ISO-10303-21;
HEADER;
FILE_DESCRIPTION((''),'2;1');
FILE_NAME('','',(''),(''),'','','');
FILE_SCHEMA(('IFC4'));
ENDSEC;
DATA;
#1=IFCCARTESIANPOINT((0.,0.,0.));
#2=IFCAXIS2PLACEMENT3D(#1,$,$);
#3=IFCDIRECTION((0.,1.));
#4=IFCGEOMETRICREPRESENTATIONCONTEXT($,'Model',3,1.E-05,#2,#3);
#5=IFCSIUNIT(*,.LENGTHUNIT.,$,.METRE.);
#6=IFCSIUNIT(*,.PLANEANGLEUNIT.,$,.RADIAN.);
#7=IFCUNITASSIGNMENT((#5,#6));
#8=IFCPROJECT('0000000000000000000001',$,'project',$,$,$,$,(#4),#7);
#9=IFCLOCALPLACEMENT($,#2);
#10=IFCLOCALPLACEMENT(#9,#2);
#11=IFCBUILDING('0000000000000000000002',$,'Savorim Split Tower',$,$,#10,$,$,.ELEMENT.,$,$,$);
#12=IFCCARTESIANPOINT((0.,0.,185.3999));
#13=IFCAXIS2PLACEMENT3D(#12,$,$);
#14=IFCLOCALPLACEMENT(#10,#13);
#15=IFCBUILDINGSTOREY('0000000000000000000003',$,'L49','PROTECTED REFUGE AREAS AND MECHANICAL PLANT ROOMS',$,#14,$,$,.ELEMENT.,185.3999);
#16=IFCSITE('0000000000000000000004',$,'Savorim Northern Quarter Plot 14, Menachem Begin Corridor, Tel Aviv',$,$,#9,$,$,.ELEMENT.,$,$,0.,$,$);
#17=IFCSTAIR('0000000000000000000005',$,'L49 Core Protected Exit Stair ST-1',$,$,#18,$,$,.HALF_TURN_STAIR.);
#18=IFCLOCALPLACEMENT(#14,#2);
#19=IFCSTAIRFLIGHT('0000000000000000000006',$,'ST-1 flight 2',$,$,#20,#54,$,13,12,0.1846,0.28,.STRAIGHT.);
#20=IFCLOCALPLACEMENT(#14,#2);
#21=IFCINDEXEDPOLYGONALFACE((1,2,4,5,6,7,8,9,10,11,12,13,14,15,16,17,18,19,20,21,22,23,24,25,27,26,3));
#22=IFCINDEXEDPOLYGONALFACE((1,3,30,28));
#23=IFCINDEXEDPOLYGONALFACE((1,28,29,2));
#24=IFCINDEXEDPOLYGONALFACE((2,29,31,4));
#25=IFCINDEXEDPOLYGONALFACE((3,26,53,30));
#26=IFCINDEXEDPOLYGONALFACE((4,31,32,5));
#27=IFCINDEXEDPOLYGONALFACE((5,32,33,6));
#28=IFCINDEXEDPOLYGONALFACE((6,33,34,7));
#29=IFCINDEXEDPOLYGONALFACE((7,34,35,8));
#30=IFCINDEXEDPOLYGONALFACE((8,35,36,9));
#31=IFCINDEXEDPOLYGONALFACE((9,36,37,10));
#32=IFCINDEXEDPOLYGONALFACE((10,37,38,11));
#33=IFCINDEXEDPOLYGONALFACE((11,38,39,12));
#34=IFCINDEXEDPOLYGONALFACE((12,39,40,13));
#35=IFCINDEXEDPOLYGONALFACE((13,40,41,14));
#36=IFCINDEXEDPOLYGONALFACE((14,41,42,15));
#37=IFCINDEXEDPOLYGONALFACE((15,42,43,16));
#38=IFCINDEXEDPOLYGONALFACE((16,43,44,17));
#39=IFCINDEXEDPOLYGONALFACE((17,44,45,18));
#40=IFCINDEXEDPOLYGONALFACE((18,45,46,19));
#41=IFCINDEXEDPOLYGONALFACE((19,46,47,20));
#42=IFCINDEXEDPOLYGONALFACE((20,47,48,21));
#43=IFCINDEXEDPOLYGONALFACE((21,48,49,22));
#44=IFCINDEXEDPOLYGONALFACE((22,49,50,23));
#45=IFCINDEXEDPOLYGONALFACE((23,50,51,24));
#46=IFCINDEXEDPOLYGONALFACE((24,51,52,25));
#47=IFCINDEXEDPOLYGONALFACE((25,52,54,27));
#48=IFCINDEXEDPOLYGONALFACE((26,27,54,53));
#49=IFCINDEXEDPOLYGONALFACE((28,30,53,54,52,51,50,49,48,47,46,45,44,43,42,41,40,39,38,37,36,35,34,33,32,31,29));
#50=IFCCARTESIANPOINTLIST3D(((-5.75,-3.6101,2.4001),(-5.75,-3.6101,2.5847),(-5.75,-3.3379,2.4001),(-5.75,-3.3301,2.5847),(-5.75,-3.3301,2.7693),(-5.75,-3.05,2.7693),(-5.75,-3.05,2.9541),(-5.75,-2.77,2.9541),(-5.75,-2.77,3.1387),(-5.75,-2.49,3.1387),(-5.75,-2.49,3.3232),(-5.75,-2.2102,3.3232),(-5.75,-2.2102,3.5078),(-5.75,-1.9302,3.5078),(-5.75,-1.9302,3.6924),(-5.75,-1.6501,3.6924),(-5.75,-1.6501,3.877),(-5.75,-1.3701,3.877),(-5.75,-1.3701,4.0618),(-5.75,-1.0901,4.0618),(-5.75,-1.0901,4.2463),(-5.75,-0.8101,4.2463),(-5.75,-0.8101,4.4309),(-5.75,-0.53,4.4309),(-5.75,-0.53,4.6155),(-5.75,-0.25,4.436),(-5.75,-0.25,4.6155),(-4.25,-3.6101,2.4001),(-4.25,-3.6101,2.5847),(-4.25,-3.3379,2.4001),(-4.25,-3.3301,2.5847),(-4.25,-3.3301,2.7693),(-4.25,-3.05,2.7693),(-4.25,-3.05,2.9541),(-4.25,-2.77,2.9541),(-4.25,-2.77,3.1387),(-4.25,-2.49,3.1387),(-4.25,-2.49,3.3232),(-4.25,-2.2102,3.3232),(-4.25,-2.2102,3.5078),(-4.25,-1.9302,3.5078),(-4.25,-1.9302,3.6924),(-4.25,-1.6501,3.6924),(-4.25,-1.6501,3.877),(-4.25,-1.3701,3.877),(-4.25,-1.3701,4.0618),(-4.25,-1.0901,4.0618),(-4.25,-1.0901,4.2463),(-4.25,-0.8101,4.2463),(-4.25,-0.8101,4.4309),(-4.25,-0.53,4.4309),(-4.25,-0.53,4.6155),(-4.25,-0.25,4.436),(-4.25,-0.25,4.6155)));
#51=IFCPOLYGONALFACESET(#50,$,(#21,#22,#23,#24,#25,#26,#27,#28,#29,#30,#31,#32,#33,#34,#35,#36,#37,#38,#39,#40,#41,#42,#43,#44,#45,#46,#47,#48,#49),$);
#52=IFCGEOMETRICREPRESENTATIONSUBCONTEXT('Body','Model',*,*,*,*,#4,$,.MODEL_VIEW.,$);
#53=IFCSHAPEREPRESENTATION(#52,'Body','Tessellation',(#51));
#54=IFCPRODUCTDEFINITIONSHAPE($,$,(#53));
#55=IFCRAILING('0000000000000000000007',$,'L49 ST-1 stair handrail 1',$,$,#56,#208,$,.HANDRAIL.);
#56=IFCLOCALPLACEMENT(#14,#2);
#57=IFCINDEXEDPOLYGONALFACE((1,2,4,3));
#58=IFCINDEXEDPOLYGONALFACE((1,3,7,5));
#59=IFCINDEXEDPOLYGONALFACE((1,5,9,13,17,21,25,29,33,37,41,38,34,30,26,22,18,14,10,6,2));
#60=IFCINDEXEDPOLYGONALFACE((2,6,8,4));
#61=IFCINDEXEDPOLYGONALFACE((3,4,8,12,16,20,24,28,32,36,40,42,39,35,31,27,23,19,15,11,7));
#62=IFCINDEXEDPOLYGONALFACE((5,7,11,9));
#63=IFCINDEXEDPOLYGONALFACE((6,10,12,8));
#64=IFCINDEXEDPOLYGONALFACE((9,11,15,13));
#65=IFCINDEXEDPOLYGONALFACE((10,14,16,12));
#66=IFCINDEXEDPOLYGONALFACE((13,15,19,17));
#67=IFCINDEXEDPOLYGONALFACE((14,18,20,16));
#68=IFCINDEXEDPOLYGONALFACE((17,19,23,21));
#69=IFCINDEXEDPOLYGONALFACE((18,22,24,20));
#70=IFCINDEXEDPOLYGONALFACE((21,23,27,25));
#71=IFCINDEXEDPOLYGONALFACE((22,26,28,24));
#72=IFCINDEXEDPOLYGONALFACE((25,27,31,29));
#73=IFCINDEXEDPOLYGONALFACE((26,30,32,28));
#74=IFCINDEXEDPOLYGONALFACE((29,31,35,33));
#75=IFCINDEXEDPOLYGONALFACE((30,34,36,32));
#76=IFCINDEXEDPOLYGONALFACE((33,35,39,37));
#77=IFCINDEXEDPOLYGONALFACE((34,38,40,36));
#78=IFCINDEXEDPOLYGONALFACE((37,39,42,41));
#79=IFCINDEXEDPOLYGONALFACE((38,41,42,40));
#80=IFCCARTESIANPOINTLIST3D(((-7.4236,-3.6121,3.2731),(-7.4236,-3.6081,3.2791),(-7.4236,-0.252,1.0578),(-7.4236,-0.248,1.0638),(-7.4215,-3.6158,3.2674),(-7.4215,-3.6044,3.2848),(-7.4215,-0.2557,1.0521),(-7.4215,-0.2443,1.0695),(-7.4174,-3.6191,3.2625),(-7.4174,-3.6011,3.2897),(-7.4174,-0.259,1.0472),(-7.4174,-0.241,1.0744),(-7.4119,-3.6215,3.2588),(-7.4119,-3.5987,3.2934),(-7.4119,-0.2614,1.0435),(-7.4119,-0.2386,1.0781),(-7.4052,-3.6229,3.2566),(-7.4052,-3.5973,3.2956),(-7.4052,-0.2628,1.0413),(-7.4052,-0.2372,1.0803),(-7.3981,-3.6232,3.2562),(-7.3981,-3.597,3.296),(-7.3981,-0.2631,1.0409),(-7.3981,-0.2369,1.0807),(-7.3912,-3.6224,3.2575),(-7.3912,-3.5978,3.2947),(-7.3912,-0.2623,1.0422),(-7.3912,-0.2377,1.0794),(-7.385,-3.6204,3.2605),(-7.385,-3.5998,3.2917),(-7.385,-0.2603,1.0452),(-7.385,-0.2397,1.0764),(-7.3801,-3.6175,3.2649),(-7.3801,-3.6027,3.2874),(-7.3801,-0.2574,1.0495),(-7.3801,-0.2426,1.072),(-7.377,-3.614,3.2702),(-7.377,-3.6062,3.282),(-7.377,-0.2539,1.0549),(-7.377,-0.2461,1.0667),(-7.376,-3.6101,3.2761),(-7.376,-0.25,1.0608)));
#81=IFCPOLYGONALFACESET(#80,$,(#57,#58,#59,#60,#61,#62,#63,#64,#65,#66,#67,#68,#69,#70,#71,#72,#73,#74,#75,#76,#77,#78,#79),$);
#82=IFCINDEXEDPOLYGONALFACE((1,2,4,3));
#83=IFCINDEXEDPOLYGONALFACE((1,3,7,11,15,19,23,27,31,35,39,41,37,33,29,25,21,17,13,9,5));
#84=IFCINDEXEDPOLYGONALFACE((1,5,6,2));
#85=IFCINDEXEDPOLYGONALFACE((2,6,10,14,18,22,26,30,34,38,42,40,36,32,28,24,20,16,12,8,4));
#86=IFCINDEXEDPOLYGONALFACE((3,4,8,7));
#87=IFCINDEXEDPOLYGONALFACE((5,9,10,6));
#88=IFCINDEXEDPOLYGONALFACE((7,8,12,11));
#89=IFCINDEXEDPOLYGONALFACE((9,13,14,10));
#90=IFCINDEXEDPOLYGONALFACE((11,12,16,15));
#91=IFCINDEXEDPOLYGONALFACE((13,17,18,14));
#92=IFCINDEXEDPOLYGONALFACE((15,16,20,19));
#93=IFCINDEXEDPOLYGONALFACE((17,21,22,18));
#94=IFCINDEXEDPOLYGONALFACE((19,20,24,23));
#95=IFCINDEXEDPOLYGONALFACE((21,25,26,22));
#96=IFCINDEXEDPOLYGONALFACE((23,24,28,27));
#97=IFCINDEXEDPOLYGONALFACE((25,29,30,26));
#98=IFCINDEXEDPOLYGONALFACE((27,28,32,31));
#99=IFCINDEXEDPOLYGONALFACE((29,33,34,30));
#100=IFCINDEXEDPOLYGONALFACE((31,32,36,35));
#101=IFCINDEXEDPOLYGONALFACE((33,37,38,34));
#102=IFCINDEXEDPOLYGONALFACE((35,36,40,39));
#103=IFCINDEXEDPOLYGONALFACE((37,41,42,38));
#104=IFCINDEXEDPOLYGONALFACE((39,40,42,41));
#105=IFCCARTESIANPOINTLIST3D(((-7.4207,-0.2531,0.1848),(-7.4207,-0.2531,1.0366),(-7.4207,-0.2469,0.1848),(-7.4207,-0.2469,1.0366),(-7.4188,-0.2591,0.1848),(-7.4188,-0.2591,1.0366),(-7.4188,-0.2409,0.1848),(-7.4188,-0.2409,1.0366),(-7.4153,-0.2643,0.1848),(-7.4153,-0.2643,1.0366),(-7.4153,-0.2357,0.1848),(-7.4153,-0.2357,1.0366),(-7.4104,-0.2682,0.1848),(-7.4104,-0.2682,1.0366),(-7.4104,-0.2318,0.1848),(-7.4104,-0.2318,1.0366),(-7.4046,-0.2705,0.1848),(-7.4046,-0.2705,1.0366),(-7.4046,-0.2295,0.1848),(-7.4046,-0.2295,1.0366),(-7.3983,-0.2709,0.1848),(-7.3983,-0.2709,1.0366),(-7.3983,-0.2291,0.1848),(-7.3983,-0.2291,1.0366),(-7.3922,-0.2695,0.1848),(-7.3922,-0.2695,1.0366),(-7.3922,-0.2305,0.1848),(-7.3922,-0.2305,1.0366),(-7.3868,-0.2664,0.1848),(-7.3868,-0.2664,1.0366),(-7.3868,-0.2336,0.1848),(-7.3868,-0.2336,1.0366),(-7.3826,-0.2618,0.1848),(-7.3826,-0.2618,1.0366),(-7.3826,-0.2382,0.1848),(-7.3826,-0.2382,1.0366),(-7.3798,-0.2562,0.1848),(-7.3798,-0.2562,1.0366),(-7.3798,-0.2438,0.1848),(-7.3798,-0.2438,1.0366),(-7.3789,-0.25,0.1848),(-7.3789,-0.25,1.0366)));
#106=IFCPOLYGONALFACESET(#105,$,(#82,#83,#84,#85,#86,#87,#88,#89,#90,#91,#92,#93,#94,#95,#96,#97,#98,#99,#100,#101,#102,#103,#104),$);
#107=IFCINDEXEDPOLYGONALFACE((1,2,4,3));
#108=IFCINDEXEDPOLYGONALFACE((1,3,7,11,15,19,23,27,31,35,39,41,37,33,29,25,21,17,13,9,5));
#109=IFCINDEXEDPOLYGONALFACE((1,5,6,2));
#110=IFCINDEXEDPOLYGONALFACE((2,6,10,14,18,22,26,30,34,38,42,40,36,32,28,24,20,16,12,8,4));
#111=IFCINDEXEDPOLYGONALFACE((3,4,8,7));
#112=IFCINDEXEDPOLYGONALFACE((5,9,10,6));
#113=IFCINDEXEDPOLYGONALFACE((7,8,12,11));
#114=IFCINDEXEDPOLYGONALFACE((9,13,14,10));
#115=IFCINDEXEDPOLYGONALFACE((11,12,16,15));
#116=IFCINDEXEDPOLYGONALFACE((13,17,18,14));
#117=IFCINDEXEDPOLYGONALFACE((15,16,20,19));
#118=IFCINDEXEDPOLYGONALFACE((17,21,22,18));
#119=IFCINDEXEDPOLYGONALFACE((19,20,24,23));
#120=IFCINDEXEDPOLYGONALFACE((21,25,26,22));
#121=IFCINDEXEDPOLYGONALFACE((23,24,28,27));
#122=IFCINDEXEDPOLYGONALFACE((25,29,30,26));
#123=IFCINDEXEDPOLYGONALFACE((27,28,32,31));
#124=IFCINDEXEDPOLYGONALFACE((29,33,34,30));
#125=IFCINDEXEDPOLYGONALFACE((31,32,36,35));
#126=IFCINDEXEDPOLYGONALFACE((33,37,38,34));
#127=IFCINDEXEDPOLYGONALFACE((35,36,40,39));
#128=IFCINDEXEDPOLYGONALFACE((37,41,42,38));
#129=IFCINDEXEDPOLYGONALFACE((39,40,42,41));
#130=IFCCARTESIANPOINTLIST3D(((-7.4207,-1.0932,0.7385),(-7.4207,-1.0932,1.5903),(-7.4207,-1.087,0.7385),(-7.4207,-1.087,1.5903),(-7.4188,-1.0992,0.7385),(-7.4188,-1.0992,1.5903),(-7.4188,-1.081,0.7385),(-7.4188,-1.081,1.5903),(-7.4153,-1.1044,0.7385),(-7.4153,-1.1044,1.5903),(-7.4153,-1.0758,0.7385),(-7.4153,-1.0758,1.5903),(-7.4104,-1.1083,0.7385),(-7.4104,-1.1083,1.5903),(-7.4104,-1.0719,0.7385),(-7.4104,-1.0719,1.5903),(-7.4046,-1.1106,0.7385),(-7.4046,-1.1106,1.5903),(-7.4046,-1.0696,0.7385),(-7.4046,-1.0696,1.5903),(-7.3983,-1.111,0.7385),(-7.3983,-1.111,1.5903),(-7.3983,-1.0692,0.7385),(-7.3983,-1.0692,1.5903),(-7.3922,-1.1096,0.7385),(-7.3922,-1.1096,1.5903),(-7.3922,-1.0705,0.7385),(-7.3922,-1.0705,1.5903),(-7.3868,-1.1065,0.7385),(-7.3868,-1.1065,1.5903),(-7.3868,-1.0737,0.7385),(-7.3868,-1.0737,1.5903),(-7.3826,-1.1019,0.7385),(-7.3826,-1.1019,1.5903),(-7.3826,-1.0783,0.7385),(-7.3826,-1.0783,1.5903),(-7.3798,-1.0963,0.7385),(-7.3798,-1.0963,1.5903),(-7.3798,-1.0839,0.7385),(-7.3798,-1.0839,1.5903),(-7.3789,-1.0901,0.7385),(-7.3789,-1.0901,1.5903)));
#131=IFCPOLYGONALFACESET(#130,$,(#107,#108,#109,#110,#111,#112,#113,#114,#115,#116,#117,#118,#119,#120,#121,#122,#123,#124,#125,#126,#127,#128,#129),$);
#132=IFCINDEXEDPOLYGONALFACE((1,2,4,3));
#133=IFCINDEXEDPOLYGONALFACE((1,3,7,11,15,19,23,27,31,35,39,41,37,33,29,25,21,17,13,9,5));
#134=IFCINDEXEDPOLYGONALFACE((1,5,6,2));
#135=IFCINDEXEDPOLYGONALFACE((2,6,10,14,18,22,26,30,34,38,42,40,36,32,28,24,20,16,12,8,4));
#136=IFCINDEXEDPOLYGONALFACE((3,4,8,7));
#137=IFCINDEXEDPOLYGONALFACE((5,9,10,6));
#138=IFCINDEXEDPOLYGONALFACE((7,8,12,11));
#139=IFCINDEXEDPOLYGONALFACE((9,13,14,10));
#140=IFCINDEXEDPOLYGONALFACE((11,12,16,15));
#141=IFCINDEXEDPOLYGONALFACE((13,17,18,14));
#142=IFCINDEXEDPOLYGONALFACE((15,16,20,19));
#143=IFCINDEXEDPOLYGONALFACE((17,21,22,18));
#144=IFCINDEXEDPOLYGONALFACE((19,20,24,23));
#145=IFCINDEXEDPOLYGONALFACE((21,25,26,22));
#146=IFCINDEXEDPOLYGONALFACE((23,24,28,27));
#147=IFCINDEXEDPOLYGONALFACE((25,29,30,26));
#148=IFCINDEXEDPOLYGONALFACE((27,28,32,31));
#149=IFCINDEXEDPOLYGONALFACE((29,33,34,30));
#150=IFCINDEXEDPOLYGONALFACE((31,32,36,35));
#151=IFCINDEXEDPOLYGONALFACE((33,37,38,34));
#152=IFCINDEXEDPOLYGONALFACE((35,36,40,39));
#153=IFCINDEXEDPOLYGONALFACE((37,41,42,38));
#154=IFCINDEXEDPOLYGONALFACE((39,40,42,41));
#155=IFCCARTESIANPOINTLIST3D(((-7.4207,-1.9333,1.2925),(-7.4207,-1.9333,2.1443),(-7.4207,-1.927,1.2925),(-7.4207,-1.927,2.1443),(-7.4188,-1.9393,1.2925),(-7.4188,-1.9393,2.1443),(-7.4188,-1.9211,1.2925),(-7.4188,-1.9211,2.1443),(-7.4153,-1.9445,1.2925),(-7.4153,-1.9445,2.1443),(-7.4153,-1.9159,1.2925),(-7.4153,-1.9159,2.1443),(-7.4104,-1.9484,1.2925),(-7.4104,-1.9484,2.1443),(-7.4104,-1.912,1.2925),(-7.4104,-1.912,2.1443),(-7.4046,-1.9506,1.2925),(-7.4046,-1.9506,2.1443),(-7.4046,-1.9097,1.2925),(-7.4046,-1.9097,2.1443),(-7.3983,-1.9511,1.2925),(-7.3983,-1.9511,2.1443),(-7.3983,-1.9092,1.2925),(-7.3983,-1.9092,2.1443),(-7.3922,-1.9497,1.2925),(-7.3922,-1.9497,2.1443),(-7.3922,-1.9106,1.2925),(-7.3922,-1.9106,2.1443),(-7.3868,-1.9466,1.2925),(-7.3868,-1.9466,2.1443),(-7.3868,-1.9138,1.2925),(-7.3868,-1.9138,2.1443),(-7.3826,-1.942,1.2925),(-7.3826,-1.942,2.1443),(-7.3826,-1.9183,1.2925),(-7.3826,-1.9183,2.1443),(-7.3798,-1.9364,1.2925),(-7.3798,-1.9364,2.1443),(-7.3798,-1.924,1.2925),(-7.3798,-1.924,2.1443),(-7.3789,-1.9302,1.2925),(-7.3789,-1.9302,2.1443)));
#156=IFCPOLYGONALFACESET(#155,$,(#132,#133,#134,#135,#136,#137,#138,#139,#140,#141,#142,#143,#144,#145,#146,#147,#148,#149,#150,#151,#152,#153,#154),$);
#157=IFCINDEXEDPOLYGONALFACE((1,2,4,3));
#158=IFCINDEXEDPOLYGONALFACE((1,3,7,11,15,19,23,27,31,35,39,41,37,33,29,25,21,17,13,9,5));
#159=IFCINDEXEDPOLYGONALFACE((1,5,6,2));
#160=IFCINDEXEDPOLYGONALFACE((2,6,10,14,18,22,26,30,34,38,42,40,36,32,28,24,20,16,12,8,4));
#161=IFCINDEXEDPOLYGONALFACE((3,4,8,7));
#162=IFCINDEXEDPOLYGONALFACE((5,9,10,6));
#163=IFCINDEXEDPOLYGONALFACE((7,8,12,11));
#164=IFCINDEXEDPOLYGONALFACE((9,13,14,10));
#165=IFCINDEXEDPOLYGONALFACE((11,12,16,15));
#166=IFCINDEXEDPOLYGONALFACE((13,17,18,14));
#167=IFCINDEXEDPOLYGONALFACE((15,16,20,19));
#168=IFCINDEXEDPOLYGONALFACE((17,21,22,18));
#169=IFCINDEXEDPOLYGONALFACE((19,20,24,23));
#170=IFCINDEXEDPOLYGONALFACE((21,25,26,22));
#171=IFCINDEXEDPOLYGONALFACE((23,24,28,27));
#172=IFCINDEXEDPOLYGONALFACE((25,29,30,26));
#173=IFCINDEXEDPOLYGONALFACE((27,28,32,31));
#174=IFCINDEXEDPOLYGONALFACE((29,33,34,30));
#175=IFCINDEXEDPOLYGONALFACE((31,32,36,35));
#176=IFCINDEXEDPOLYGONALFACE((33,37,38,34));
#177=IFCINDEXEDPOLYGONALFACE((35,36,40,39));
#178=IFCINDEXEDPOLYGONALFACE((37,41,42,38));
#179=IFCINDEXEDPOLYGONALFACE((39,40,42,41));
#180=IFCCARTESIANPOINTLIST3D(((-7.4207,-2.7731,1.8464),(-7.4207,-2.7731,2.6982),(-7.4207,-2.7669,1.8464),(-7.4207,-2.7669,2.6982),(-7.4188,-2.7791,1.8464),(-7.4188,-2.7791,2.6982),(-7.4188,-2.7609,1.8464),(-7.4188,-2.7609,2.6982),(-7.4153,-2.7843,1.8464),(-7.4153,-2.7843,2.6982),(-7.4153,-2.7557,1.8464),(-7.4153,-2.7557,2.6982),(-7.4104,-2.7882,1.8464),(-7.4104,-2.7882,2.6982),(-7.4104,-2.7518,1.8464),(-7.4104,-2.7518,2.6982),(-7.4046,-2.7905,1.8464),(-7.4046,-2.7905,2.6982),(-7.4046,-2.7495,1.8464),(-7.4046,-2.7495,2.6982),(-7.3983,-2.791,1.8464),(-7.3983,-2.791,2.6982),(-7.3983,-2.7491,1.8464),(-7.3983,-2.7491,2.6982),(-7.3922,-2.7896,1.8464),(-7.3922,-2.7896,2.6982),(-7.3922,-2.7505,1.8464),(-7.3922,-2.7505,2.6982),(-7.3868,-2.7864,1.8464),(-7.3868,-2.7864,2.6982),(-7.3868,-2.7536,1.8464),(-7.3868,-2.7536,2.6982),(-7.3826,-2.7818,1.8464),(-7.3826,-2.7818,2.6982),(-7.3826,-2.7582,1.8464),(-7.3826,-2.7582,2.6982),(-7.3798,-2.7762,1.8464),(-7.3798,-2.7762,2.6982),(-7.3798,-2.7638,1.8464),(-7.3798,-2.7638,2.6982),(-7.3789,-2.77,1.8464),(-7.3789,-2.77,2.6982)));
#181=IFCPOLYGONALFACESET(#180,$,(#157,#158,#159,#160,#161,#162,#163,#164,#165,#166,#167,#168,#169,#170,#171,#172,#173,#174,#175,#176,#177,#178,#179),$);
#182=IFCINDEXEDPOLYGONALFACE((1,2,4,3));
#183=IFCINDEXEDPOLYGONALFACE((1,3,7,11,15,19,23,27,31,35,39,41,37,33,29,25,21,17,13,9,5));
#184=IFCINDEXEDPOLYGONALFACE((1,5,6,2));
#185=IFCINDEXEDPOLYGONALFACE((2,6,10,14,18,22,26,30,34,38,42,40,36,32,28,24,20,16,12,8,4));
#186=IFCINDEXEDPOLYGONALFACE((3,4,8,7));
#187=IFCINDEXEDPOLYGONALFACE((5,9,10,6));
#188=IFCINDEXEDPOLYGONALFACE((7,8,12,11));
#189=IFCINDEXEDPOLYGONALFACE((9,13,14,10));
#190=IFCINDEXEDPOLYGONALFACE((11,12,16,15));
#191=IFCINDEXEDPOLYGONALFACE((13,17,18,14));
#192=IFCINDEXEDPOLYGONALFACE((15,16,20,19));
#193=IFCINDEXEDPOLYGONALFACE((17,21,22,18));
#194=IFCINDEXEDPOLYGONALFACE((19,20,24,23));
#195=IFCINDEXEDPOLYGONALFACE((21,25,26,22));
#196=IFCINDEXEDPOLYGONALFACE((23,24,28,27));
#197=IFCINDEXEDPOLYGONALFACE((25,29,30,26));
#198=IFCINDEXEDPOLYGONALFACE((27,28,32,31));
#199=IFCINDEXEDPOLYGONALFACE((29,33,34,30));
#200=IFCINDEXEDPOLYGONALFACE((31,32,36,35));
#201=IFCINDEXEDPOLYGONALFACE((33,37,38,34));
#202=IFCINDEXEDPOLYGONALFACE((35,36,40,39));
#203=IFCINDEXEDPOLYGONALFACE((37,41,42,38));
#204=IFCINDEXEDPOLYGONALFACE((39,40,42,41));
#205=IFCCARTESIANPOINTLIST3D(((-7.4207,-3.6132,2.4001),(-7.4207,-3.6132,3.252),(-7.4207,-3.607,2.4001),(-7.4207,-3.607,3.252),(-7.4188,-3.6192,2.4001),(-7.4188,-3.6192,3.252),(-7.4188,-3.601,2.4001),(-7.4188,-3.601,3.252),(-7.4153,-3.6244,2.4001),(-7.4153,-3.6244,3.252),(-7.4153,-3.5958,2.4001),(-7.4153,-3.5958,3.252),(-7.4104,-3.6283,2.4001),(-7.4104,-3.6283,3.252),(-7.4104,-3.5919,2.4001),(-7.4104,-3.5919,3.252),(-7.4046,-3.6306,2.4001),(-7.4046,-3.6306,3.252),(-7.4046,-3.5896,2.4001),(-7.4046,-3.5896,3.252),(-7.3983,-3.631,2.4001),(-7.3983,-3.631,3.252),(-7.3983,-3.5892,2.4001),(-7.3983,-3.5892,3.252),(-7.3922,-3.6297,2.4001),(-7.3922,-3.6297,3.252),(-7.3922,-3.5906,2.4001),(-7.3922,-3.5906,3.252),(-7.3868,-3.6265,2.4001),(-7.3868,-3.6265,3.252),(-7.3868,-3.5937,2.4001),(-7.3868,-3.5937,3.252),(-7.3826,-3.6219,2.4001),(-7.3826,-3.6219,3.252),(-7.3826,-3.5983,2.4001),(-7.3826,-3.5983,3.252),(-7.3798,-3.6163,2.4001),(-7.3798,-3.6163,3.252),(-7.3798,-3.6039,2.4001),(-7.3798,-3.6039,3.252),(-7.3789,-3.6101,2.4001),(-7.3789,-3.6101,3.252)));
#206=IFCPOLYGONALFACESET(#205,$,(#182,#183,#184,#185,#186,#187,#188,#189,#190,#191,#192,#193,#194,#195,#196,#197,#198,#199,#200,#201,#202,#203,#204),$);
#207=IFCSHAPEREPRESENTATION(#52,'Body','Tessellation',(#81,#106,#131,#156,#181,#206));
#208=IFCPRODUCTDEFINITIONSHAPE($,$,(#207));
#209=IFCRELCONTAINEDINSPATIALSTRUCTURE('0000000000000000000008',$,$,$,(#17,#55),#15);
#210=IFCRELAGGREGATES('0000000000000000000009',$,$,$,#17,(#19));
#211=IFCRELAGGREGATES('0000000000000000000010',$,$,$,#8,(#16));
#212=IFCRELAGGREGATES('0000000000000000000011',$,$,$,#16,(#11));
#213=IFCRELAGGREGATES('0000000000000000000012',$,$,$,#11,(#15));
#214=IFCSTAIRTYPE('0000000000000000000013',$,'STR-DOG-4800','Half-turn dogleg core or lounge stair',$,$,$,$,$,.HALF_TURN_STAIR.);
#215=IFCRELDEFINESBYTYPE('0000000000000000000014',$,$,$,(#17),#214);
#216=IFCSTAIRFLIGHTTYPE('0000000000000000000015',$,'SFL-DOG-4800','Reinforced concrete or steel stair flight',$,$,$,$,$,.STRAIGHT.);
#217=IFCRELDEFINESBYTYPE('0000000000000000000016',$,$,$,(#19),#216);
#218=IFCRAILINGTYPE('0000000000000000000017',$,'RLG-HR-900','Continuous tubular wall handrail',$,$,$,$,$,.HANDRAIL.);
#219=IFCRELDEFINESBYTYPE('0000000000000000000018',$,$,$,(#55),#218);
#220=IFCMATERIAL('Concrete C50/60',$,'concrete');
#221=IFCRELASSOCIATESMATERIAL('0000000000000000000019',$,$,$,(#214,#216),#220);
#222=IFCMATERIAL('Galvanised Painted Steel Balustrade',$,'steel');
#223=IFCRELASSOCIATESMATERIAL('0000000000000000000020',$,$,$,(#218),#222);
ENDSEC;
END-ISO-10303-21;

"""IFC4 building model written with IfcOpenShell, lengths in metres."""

from ifc_helpers import new_model, si_unit, direction, frame, origin, origin_2d, place, context, subcontext, project, spatial, polyline, circle, outline, extrude, material, type_object, element, aggregate, save


model = new_model("IFC4")

# Units and contexts
model_context = context("Model", 3, precision=1e-05, world=origin(), true_north=direction((0.0, 1.0)))
body_context = subcontext(model_context, "Body", "Model", "MODEL_VIEW")
ifc_project = project(units=[si_unit("LENGTHUNIT", "METRE"), si_unit("PLANEANGLEUNIT", "RADIAN")], contexts=[model_context])

# Site, building, storey
site_placement = place(None, origin())
site = spatial("IfcSite", under=ifc_project, at=site_placement, Name="Savorim Northern Quarter Plot 14, Menachem Begin Corridor, Tel Aviv", CompositionType="ELEMENT", RefElevation=0.0)
building_placement = place(site_placement, origin())
building = spatial("IfcBuilding", under=site, at=building_placement, Name="Savorim Split Tower", CompositionType="ELEMENT")
storey_placement = place(building_placement, frame((0.0, 0.0, 185.3999)))
storey = spatial("IfcBuildingStorey", under=building, at=storey_placement, Name="L49", Description="PROTECTED REFUGE AREAS AND MECHANICAL PLANT ROOMS", CompositionType="ELEMENT", Elevation=185.3999)

# Shared definitions
ifc_material_1 = material(Name="Concrete C50/60", Category="concrete")

# Stair, stair flight
stair_type = type_object("IfcStairType", Name="STR-DOG-4800", Description="Half-turn dogleg core or lounge stair", PredefinedType="HALF_TURN_STAIR", material=ifc_material_1)
stair_placement = place(storey_placement, origin())
stair = element("IfcStair", 1, at=stair_placement, inside=storey, type_object=stair_type, Name="L49 Core Protected Exit Stair ST-1", PredefinedType="HALF_TURN_STAIR")
stair_flight_type = type_object("IfcStairFlightType", Name="SFL-DOG-4800", Description="Reinforced concrete or steel stair flight", PredefinedType="STRAIGHT", material=ifc_material_1)
stair_flight_1_placement = place(storey_placement, frame((-5.0, -3.6101, 2.4001), z_axis=(0.0, 0.0, 1.0), x_axis=(0.0, 1.0, 0.0)))
stair_flight_1 = element("IfcStairFlight", 2, at=stair_flight_1_placement, type_object=stair_flight_type, Name="ST-1 flight 2", NumberOfRisers=13, NumberOfTreads=12, PredefinedType="STRAIGHT", RiserHeight=0.1846, TreadLength=0.28, context=body_context, shape_type="SweptSolid", body=[
    extrude(outline(polyline([(0.0, 0.0), (0.0, 0.1846), (0.28, 0.1846), (0.28, 0.3691), (0.5601, 0.3691), (0.5601, 0.554), (0.8401, 0.554), (0.8401, 0.7385), (1.1201, 0.7385), (1.1201, 0.9231), (1.3999, 0.9231), (1.3999, 1.1077), (1.6799, 1.1077), (1.6799, 1.2922), (1.96, 1.2922), (1.96, 1.4768), (2.24, 1.4768), (2.24, 1.6616), (2.52, 1.6616), (2.52, 1.8462), (2.8, 1.8462), (2.8, 2.0308), (3.0801, 2.0308), (3.0801, 2.2153), (3.3601, 2.2153), (3.3601, 2.3999), (3.3601, 2.0359), (0.2722, 0.0), (0.0, 0.0)])), frame((0.0, 0.75, 0.0), z_axis=(0.0, -1.0, 0.0), x_axis=(1.0, 0.0, 0.0)), (0.0, 0.0, 1.0), 1.5),
])
aggregate(stair, [stair_flight_1])

# Railing
ifc_material_2 = material(Name="Galvanised Painted Steel Balustrade", Category="steel")
railing_type_1 = type_object("IfcRailingType", Name="RLG-HR-900", Description="Continuous tubular wall handrail", PredefinedType="HANDRAIL", material=ifc_material_2)
railing_1_placement = place(storey_placement, frame((-7.3999, -0.25, 0.1848)))
element("IfcRailing", 3, at=railing_1_placement, inside=storey, type_object=railing_type_1, Name="L49 ST-1 stair handrail 1", PredefinedType="HANDRAIL", context=body_context, shape_type="SweptSolid", body=[
    extrude(circle(Radius=0.0239, at=origin_2d()), frame((0.0, 0.0, 0.876), z_axis=(0.0, -0.834876, 0.550437), x_axis=(1.0, 0.0, 0.0)), (0.0, 0.0, 1.0), 4.0247),
    extrude(circle(Radius=0.021, at=origin_2d()), origin(), (0.0, 0.0, 1.0), 0.8518),
    extrude(circle(Radius=0.021, at=origin_2d()), frame((0.0, -0.8401, 0.5537)), (0.0, 0.0, 1.0), 0.8518),
    extrude(circle(Radius=0.021, at=origin_2d()), frame((0.0, -1.6802, 1.1077)), (0.0, 0.0, 1.0), 0.8518),
    extrude(circle(Radius=0.021, at=origin_2d()), frame((0.0, -2.52, 1.6616)), (0.0, 0.0, 1.0), 0.8518),
    extrude(circle(Radius=0.021, at=origin_2d()), frame((0.0, -3.3601, 2.2153)), (0.0, 0.0, 1.0), 0.8518),
])

save(model, "model.ifc")
